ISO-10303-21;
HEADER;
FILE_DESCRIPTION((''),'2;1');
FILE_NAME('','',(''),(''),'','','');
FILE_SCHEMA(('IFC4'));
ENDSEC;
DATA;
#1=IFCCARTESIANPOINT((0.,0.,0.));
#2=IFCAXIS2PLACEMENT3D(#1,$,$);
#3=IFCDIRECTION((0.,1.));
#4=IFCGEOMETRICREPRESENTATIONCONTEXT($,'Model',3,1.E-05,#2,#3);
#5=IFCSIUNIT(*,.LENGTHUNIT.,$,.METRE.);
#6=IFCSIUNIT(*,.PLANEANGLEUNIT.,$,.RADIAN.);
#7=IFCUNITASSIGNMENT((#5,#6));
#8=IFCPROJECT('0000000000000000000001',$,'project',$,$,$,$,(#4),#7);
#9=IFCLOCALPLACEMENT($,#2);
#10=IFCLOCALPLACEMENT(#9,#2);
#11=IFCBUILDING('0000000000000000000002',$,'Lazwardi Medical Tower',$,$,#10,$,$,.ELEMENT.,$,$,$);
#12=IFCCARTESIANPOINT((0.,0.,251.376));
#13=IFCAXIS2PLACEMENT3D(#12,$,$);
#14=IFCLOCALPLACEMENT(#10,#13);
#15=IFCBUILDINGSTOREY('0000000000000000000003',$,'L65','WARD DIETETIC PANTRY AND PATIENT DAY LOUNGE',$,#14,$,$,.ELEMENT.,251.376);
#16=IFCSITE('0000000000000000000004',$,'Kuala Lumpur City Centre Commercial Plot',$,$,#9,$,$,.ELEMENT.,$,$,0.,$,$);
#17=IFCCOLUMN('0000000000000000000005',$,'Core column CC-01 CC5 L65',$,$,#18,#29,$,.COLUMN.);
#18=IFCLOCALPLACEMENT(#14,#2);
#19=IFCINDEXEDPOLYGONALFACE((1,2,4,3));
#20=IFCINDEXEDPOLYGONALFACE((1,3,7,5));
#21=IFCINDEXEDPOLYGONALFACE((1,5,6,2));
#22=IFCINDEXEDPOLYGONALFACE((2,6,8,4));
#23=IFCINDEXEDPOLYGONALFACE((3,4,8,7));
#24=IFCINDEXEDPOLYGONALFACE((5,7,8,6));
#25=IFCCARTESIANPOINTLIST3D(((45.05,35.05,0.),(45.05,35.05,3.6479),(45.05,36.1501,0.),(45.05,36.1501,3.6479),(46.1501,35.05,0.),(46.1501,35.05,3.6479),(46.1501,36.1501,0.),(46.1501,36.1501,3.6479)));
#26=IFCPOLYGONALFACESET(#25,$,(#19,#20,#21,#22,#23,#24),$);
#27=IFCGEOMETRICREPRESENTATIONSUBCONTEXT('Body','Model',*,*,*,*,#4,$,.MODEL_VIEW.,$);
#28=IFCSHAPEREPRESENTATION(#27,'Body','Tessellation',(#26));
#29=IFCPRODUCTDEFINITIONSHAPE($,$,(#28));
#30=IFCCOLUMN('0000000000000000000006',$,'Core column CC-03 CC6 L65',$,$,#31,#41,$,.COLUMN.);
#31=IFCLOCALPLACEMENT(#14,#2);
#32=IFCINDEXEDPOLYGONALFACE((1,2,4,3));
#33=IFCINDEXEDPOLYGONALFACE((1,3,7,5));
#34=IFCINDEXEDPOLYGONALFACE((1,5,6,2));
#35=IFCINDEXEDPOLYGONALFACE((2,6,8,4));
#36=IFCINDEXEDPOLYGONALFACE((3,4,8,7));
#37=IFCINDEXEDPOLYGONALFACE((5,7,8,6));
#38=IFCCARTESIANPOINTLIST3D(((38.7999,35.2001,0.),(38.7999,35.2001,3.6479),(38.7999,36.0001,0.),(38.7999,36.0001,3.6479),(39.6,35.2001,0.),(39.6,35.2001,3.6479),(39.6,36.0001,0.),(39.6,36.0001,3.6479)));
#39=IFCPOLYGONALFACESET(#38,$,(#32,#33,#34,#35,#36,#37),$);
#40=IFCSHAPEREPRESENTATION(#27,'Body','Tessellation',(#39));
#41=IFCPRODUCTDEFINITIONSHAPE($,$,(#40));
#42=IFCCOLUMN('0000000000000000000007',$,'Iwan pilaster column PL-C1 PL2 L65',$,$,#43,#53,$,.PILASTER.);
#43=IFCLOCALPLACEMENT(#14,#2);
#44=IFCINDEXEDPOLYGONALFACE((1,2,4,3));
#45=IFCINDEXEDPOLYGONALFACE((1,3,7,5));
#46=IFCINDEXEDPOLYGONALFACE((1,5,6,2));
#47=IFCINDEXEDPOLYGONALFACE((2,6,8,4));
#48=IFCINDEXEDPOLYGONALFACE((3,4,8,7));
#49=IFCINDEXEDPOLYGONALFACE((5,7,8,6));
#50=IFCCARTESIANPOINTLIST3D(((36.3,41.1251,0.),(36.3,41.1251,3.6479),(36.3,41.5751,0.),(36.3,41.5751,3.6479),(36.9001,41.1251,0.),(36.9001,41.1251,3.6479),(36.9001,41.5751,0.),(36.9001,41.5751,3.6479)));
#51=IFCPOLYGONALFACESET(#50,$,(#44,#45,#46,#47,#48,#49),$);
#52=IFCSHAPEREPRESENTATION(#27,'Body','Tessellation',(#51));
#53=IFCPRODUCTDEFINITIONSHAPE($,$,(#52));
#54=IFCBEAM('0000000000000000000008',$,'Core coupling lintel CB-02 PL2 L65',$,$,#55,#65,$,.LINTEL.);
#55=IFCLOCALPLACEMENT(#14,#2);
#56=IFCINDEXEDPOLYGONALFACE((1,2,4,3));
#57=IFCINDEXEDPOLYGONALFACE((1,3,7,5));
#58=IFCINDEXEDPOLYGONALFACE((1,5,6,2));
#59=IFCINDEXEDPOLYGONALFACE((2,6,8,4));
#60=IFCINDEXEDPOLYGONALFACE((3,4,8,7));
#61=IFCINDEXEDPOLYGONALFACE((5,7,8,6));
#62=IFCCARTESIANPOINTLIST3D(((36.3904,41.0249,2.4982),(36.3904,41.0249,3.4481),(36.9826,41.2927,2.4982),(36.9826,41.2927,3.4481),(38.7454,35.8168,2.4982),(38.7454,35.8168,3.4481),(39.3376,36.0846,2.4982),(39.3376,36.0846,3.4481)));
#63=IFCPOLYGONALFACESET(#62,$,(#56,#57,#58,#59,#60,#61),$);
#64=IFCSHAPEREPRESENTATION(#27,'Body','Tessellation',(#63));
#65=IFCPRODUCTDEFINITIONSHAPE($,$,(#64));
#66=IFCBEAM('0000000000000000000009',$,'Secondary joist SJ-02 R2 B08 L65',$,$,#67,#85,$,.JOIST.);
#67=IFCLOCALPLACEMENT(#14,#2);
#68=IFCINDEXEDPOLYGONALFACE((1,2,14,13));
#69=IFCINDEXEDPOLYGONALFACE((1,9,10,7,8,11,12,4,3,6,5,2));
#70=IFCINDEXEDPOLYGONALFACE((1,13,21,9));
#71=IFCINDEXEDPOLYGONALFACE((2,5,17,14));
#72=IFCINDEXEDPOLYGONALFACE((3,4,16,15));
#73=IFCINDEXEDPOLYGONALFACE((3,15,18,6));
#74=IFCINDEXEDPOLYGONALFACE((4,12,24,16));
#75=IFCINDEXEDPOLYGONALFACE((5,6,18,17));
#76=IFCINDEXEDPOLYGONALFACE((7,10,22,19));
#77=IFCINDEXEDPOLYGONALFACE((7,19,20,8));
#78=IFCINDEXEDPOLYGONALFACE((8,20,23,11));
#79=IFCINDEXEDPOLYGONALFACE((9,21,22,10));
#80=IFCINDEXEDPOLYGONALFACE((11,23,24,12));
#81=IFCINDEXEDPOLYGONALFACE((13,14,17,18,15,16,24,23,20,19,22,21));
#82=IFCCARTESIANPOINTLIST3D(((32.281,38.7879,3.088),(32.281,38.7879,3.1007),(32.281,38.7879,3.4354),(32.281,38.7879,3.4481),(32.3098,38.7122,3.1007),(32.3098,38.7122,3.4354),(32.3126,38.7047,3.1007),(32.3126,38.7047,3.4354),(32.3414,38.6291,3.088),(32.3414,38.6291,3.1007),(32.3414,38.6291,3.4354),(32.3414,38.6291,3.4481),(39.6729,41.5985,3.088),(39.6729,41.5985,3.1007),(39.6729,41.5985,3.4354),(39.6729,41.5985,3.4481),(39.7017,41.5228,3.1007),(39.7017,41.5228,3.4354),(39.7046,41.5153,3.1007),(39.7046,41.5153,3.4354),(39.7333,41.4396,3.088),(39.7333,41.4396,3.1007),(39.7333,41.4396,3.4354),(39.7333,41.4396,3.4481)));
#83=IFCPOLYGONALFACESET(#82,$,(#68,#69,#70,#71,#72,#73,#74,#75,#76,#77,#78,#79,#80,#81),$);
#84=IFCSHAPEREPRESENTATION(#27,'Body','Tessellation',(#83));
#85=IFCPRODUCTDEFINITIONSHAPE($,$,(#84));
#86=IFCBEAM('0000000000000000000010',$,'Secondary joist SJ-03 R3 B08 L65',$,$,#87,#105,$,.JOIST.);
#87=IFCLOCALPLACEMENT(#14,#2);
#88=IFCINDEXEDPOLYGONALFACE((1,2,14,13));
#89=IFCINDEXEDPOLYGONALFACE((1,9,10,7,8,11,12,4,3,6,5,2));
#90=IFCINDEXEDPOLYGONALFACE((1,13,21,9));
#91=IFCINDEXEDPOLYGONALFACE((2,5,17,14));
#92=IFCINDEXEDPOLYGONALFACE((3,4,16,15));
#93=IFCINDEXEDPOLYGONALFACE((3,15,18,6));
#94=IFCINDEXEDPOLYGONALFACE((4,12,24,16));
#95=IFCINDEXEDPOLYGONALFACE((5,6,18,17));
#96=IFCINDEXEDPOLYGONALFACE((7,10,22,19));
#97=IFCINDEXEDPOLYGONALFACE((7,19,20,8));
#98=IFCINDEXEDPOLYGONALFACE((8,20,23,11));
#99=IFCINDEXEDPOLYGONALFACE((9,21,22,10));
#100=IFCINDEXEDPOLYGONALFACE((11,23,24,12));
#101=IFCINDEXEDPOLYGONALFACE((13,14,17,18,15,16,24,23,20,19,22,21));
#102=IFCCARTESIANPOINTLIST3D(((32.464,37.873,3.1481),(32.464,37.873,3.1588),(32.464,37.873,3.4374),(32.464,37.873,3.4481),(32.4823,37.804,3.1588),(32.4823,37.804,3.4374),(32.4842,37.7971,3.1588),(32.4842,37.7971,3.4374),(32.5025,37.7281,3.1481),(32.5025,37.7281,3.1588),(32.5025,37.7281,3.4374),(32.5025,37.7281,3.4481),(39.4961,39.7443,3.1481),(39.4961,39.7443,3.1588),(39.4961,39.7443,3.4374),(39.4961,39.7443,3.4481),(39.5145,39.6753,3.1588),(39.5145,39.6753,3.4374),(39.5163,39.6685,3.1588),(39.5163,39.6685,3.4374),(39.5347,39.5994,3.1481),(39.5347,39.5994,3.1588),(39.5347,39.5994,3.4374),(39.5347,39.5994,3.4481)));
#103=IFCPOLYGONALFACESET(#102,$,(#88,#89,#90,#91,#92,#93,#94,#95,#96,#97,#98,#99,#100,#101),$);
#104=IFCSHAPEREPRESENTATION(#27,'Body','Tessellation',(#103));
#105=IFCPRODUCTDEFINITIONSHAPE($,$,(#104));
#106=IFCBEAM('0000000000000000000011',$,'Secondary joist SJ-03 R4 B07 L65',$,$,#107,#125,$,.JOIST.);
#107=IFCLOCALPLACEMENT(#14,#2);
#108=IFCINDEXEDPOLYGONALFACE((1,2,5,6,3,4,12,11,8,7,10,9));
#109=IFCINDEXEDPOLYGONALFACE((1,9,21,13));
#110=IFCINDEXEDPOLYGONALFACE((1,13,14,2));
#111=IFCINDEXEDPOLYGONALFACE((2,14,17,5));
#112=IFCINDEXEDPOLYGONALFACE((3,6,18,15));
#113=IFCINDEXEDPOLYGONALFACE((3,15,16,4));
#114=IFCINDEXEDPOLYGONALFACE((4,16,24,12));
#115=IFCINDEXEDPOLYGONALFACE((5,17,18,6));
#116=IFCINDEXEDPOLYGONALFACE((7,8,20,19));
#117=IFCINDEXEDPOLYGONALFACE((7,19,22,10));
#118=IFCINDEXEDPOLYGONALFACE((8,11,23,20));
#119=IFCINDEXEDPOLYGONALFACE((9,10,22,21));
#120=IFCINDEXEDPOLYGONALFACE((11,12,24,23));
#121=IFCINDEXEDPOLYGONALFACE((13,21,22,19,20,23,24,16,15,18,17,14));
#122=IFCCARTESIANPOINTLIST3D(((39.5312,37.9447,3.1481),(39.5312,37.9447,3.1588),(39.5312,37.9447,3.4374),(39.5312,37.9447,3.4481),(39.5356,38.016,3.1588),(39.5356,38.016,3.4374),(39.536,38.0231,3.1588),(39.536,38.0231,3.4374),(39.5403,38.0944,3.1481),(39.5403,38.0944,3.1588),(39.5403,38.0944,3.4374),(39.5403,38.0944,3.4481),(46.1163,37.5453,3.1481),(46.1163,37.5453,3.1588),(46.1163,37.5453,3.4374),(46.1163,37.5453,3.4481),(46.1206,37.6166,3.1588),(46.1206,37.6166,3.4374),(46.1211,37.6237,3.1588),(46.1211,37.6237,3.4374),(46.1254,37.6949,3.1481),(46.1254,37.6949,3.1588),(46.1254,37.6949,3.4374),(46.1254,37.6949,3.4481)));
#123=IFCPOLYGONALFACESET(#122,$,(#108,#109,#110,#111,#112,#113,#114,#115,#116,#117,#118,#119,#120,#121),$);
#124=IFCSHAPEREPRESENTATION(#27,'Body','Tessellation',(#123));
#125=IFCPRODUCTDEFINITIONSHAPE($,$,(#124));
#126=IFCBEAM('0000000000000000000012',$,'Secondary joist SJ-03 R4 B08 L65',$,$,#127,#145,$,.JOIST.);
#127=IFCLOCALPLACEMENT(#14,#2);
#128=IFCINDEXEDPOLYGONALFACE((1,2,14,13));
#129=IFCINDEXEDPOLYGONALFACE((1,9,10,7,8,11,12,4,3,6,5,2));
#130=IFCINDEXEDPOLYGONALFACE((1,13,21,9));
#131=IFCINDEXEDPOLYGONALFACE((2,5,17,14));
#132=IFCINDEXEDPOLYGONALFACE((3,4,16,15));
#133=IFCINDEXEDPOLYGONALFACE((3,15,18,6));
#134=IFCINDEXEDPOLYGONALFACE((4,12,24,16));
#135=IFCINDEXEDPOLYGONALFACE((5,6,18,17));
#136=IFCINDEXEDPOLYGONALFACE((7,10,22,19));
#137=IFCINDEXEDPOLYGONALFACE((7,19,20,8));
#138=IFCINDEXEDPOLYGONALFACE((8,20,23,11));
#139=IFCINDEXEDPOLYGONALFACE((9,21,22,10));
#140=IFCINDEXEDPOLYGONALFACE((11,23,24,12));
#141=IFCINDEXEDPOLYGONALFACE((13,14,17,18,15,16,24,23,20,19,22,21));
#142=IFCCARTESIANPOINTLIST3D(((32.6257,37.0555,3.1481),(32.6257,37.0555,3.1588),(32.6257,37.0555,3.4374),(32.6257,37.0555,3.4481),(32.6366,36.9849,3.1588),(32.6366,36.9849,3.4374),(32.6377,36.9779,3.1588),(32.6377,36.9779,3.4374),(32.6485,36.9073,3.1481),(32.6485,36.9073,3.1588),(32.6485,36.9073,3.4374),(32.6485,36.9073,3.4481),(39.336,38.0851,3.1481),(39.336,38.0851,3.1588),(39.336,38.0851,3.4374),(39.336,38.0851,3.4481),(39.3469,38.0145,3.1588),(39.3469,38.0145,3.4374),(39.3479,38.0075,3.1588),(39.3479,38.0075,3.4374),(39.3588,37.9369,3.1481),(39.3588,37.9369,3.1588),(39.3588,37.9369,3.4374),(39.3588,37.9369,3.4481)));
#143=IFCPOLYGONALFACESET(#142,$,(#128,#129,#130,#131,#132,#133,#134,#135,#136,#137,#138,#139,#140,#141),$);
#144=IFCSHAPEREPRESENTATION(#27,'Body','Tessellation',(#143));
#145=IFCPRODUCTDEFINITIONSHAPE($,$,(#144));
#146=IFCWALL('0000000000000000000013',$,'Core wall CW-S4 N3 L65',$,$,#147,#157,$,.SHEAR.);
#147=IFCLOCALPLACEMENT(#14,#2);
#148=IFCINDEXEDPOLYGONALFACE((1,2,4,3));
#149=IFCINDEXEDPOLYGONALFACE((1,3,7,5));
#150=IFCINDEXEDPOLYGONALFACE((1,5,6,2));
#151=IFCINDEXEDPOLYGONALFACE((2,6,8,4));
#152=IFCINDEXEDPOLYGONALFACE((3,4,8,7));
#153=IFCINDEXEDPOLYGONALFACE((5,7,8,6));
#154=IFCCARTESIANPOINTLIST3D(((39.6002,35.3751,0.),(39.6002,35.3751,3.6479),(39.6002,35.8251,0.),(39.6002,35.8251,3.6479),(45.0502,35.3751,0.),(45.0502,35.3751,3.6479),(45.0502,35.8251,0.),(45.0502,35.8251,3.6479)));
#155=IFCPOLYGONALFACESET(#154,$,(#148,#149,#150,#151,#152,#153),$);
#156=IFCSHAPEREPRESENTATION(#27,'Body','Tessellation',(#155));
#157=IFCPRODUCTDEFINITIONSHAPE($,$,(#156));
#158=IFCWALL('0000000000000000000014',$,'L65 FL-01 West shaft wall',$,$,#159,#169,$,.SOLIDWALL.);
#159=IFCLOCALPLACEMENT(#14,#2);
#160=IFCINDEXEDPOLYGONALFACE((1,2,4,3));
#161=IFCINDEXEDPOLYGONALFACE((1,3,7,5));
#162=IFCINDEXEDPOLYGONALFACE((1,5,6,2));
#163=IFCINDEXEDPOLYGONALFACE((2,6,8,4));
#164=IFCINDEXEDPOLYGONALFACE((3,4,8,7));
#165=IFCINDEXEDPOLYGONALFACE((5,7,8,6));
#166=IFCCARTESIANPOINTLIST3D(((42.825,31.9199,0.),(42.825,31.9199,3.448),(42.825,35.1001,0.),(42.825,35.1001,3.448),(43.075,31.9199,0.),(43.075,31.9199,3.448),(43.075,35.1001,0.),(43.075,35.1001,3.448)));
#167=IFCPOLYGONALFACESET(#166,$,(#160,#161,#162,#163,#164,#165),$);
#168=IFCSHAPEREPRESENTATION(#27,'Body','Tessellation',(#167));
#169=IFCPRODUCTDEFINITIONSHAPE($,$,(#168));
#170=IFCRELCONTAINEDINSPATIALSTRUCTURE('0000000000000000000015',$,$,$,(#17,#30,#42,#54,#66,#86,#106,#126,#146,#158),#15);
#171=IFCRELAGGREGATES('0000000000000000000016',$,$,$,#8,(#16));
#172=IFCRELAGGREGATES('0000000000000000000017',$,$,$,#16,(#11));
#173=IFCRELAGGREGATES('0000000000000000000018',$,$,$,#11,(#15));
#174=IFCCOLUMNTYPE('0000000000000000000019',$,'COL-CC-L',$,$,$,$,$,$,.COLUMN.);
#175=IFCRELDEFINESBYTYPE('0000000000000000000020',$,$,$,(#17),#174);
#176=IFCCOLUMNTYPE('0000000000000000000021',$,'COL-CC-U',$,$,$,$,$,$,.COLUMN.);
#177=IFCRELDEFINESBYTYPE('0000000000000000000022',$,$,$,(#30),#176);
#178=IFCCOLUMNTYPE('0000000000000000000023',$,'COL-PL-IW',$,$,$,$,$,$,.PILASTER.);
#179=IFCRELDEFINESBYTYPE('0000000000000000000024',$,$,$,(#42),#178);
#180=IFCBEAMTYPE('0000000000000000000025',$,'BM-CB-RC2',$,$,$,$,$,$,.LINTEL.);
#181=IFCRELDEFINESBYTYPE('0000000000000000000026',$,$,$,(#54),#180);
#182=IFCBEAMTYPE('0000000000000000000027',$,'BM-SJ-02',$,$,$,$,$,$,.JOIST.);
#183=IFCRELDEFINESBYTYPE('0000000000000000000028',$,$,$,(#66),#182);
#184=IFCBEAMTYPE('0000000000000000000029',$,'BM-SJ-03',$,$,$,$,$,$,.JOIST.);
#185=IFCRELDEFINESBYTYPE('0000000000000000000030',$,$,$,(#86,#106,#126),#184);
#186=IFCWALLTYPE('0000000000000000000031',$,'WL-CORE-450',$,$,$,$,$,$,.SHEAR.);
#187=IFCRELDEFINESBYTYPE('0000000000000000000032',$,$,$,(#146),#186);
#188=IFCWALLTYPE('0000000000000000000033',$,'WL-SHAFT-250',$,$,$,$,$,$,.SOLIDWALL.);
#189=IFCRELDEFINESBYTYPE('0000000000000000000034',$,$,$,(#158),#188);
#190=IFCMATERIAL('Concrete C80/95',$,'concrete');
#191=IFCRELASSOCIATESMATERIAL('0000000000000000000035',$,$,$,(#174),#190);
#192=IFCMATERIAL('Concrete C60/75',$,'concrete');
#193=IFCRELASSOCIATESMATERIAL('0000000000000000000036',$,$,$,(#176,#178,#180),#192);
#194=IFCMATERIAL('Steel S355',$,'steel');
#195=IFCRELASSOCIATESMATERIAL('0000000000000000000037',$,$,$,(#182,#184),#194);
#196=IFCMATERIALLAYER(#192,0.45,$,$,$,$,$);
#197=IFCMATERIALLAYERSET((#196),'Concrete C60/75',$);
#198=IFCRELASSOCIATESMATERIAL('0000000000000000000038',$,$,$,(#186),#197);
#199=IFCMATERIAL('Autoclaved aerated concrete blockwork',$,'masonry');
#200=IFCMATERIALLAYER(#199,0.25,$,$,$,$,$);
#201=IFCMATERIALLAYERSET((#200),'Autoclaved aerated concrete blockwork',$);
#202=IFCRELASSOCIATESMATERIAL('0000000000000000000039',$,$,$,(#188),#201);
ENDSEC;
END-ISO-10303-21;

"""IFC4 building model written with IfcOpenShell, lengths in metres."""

from ifc_helpers import new_model, si_unit, direction, frame, frame_2d, origin, origin_2d, place, context, subcontext, project, spatial, rectangle, i_section, extrude, material, layer, layer_set, material_profile, profile_set, type_object, element, save


model = new_model("IFC4")

# Units and contexts
model_context = context("Model", 3, precision=1e-05, world=origin(), true_north=direction((0.0, 1.0)))
body_context = subcontext(model_context, "Body", "Model", "MODEL_VIEW")
ifc_project = project(units=[si_unit("LENGTHUNIT", "METRE"), si_unit("PLANEANGLEUNIT", "RADIAN")], contexts=[model_context])

# Site, building, storey
site_placement = place(None, origin())
site = spatial("IfcSite", under=ifc_project, at=site_placement, Name="Kuala Lumpur City Centre Commercial Plot", CompositionType="ELEMENT", RefElevation=0.0)
building_placement = place(site_placement, origin())
building = spatial("IfcBuilding", under=site, at=building_placement, Name="Lazwardi Medical Tower", CompositionType="ELEMENT")
storey_placement = place(building_placement, frame((0.0, 0.0, 251.376)))
storey = spatial("IfcBuildingStorey", under=building, at=storey_placement, Name="L65", Description="WARD DIETETIC PANTRY AND PATIENT DAY LOUNGE", CompositionType="ELEMENT", Elevation=251.376)

# Columns
ifc_material_1 = material(Name="Concrete C80/95", Category="concrete")
ifc_material_profile_1 = material_profile(ifc_material_1, rectangle(XDim=1.1001, YDim=1.1001, at=origin_2d()), Name="RC 1100x1100")
ifc_profile_set_1 = profile_set([ifc_material_profile_1], Name="Concrete C80/95")
column_type_1 = type_object("IfcColumnType", Name="COL-CC-L", PredefinedType="COLUMN", material=ifc_profile_set_1)
column_1_placement = place(storey_placement, frame((45.6001, 35.6001, 0.0), z_axis=(0.0, 0.0, 1.0), x_axis=(1.0, 0.0, 0.0)))
element("IfcColumn", 1, at=column_1_placement, inside=storey, type_object=column_type_1, Name="Core column CC-01 CC5 L65", PredefinedType="COLUMN", context=body_context, shape_type="SweptSolid", body=[
    extrude(rectangle(XDim=1.1001, YDim=1.1001, at=origin_2d()), origin(), (0.0, 0.0, 1.0), 3.6479),
])
ifc_material_2 = material(Name="Concrete C60/75", Category="concrete")
ifc_material_profile_2 = material_profile(ifc_material_2, rectangle(XDim=0.8, YDim=0.8, at=origin_2d()), Name="RC 800x800")
ifc_profile_set_2 = profile_set([ifc_material_profile_2], Name="Concrete C60/75")
column_type_2 = type_object("IfcColumnType", Name="COL-CC-U", PredefinedType="COLUMN", material=ifc_profile_set_2)
column_2_placement = place(storey_placement, frame((39.2, 35.6001, 0.0), z_axis=(0.0, 0.0, 1.0), x_axis=(1.0, 0.0, 0.0)))
element("IfcColumn", 2, at=column_2_placement, inside=storey, type_object=column_type_2, Name="Core column CC-03 CC6 L65", PredefinedType="COLUMN", context=body_context, shape_type="SweptSolid", body=[
    extrude(rectangle(XDim=0.8, YDim=0.8, at=origin_2d()), origin(), (0.0, 0.0, 1.0), 3.6479),
])
ifc_material_profile_3 = material_profile(ifc_material_2, rectangle(XDim=0.6001, YDim=0.45, at=origin_2d()), Name="RC 600x450")
ifc_profile_set_3 = profile_set([ifc_material_profile_3], Name="Concrete C60/75")
column_type_3 = type_object("IfcColumnType", Name="COL-PL-IW", PredefinedType="PILASTER", material=ifc_profile_set_3)
column_3_placement = place(storey_placement, frame((36.6001, 41.3501, 0.0), z_axis=(0.0, 0.0, 1.0), x_axis=(1.0, 0.0, 0.0)))
element("IfcColumn", 3, at=column_3_placement, inside=storey, type_object=column_type_3, Name="Iwan pilaster column PL-C1 PL2 L65", PredefinedType="PILASTER", context=body_context, shape_type="SweptSolid", body=[
    extrude(rectangle(XDim=0.6001, YDim=0.45, at=origin_2d()), origin(), (0.0, 0.0, 1.0), 3.6479),
])

# Beams
ifc_material_profile_4 = material_profile(ifc_material_2, rectangle(XDim=0.6499, YDim=0.95, at=origin_2d()), Name="RC 650x950")
ifc_profile_set_4 = profile_set([ifc_material_profile_4], Name="Concrete C60/75")
beam_type_1 = type_object("IfcBeamType", Name="BM-CB-RC2", PredefinedType="LINTEL", material=ifc_profile_set_4)
beam_1_placement = place(storey_placement, frame((39.0415, 35.9507, 2.9731), z_axis=(-0.412019, 0.911175, 0.0), x_axis=(-0.911175, -0.412019, 0.0)))
element("IfcBeam", 4, at=beam_1_placement, inside=storey, type_object=beam_type_1, Name="Core coupling lintel CB-02 PL2 L65", PredefinedType="LINTEL", context=body_context, shape_type="SweptSolid", body=[
    extrude(rectangle(XDim=0.6499, YDim=0.95, at=origin_2d()), origin(), (0.0, 0.0, 1.0), 5.7158),
])
ifc_material_3 = material(Name="Steel S355", Category="steel")
ifc_material_profile_5 = material_profile(ifc_material_3, i_section(OverallWidth=0.1699, OverallDepth=0.3601, WebThickness=0.0081, FlangeThickness=0.0127, at=origin_2d()), Name="IPE 360")
ifc_profile_set_5 = profile_set([ifc_material_profile_5], Name="Steel S355")
beam_type_2 = type_object("IfcBeamType", Name="BM-SJ-02", PredefinedType="JOIST", material=ifc_profile_set_5)
beam_2_placement = place(storey_placement, frame((39.7031, 41.519, 3.2681), z_axis=(-0.934714, -0.3554, 0.0), x_axis=(0.3554, -0.934714, 0.0)))
element("IfcBeam", 5, at=beam_2_placement, inside=storey, type_object=beam_type_2, Name="Secondary joist SJ-02 R2 B08 L65", PredefinedType="JOIST", context=body_context, shape_type="SweptSolid", body=[
    extrude(i_section(OverallWidth=0.1699, OverallDepth=0.3601, WebThickness=0.0081, FlangeThickness=0.0127, at=origin_2d()), origin(), (0.0, 0.0, 1.0), 7.9082),
])
ifc_material_profile_6 = material_profile(ifc_material_3, i_section(OverallWidth=0.1499, OverallDepth=0.3, WebThickness=0.0071, FlangeThickness=0.0107, at=origin_2d()), Name="IPE 300")
ifc_profile_set_6 = profile_set([ifc_material_profile_6], Name="Steel S355")
beam_type_3 = type_object("IfcBeamType", Name="BM-SJ-03", PredefinedType="JOIST", material=ifc_profile_set_6)
beam_3_placement = place(storey_placement, frame((39.5154, 39.6719, 3.2981), z_axis=(-0.966369, -0.257159, 0.0), x_axis=(0.257159, -0.966369, 0.0)))
element("IfcBeam", 6, at=beam_3_placement, inside=storey, type_object=beam_type_3, Name="Secondary joist SJ-03 R3 B08 L65", PredefinedType="JOIST", context=body_context, shape_type="SweptSolid", body=[
    extrude(i_section(OverallWidth=0.1499, OverallDepth=0.3, WebThickness=0.0071, FlangeThickness=0.0107, at=origin_2d()), origin(), (0.0, 0.0, 1.0), 7.2769),
])
beam_4_placement = place(storey_placement, frame((46.1208, 37.6201, 3.2981), z_axis=(-0.998166, 0.060544, 0.0), x_axis=(-0.060544, -0.998166, 0.0)))
element("IfcBeam", 7, at=beam_4_placement, inside=storey, type_object=beam_type_3, Name="Secondary joist SJ-03 R4 B07 L65", PredefinedType="JOIST", context=body_context, shape_type="SweptSolid", body=[
    extrude(i_section(OverallWidth=0.1499, OverallDepth=0.3, WebThickness=0.0071, FlangeThickness=0.0107, at=origin_2d()), origin(), (0.0, 0.0, 1.0), 6.5972),
])
beam_5_placement = place(storey_placement, frame((39.3474, 38.011, 3.2981), z_axis=(-0.988434, -0.151655, 0.0), x_axis=(0.151655, -0.988434, 0.0)))
element("IfcBeam", 8, at=beam_5_placement, inside=storey, type_object=beam_type_3, Name="Secondary joist SJ-03 R4 B08 L65", PredefinedType="JOIST", context=body_context, shape_type="SweptSolid", body=[
    extrude(i_section(OverallWidth=0.1499, OverallDepth=0.3, WebThickness=0.0071, FlangeThickness=0.0107, at=origin_2d()), origin(), (0.0, 0.0, 1.0), 6.7888),
])

# Walls
ifc_layer_1 = layer(ifc_material_2, 0.45)
ifc_layer_set_1 = layer_set([ifc_layer_1], Name="Concrete C60/75")
wall_type_1 = type_object("IfcWallType", Name="WL-CORE-450", PredefinedType="SHEAR", material=ifc_layer_set_1)
wall_1_placement = place(storey_placement, frame((39.6001, 35.6001, 0.0), z_axis=(0.0, 0.0, 1.0), x_axis=(1.0, 0.0, 0.0)))
element("IfcWall", 9, at=wall_1_placement, inside=storey, type_object=wall_type_1, Name="Core wall CW-S4 N3 L65", PredefinedType="SHEAR", context=body_context, shape_type="SweptSolid", body=[
    extrude(rectangle(XDim=5.45, YDim=0.45, at=frame_2d((2.7251, 0.0))), origin(), (0.0, 0.0, 1.0), 3.6479),
])
ifc_material_4 = material(Name="Autoclaved aerated concrete blockwork", Category="masonry")
ifc_layer_2 = layer(ifc_material_4, 0.25)
ifc_layer_set_2 = layer_set([ifc_layer_2], Name="Autoclaved aerated concrete blockwork")
wall_type_2 = type_object("IfcWallType", Name="WL-SHAFT-250", PredefinedType="SOLIDWALL", material=ifc_layer_set_2)
wall_2_placement = place(storey_placement, frame((42.95, 31.9199, 0.0), z_axis=(0.0, 0.0, 1.0), x_axis=(0.0, 1.0, 0.0)))
element("IfcWall", 10, at=wall_2_placement, inside=storey, type_object=wall_type_2, Name="L65 FL-01 West shaft wall", PredefinedType="SOLIDWALL", context=body_context, shape_type="SweptSolid", body=[
    extrude(rectangle(XDim=3.1802, YDim=0.25, at=frame_2d((1.5901, 0.0))), origin(), (0.0, 0.0, 1.0), 3.448),
])

save(model, "model.ifc")
